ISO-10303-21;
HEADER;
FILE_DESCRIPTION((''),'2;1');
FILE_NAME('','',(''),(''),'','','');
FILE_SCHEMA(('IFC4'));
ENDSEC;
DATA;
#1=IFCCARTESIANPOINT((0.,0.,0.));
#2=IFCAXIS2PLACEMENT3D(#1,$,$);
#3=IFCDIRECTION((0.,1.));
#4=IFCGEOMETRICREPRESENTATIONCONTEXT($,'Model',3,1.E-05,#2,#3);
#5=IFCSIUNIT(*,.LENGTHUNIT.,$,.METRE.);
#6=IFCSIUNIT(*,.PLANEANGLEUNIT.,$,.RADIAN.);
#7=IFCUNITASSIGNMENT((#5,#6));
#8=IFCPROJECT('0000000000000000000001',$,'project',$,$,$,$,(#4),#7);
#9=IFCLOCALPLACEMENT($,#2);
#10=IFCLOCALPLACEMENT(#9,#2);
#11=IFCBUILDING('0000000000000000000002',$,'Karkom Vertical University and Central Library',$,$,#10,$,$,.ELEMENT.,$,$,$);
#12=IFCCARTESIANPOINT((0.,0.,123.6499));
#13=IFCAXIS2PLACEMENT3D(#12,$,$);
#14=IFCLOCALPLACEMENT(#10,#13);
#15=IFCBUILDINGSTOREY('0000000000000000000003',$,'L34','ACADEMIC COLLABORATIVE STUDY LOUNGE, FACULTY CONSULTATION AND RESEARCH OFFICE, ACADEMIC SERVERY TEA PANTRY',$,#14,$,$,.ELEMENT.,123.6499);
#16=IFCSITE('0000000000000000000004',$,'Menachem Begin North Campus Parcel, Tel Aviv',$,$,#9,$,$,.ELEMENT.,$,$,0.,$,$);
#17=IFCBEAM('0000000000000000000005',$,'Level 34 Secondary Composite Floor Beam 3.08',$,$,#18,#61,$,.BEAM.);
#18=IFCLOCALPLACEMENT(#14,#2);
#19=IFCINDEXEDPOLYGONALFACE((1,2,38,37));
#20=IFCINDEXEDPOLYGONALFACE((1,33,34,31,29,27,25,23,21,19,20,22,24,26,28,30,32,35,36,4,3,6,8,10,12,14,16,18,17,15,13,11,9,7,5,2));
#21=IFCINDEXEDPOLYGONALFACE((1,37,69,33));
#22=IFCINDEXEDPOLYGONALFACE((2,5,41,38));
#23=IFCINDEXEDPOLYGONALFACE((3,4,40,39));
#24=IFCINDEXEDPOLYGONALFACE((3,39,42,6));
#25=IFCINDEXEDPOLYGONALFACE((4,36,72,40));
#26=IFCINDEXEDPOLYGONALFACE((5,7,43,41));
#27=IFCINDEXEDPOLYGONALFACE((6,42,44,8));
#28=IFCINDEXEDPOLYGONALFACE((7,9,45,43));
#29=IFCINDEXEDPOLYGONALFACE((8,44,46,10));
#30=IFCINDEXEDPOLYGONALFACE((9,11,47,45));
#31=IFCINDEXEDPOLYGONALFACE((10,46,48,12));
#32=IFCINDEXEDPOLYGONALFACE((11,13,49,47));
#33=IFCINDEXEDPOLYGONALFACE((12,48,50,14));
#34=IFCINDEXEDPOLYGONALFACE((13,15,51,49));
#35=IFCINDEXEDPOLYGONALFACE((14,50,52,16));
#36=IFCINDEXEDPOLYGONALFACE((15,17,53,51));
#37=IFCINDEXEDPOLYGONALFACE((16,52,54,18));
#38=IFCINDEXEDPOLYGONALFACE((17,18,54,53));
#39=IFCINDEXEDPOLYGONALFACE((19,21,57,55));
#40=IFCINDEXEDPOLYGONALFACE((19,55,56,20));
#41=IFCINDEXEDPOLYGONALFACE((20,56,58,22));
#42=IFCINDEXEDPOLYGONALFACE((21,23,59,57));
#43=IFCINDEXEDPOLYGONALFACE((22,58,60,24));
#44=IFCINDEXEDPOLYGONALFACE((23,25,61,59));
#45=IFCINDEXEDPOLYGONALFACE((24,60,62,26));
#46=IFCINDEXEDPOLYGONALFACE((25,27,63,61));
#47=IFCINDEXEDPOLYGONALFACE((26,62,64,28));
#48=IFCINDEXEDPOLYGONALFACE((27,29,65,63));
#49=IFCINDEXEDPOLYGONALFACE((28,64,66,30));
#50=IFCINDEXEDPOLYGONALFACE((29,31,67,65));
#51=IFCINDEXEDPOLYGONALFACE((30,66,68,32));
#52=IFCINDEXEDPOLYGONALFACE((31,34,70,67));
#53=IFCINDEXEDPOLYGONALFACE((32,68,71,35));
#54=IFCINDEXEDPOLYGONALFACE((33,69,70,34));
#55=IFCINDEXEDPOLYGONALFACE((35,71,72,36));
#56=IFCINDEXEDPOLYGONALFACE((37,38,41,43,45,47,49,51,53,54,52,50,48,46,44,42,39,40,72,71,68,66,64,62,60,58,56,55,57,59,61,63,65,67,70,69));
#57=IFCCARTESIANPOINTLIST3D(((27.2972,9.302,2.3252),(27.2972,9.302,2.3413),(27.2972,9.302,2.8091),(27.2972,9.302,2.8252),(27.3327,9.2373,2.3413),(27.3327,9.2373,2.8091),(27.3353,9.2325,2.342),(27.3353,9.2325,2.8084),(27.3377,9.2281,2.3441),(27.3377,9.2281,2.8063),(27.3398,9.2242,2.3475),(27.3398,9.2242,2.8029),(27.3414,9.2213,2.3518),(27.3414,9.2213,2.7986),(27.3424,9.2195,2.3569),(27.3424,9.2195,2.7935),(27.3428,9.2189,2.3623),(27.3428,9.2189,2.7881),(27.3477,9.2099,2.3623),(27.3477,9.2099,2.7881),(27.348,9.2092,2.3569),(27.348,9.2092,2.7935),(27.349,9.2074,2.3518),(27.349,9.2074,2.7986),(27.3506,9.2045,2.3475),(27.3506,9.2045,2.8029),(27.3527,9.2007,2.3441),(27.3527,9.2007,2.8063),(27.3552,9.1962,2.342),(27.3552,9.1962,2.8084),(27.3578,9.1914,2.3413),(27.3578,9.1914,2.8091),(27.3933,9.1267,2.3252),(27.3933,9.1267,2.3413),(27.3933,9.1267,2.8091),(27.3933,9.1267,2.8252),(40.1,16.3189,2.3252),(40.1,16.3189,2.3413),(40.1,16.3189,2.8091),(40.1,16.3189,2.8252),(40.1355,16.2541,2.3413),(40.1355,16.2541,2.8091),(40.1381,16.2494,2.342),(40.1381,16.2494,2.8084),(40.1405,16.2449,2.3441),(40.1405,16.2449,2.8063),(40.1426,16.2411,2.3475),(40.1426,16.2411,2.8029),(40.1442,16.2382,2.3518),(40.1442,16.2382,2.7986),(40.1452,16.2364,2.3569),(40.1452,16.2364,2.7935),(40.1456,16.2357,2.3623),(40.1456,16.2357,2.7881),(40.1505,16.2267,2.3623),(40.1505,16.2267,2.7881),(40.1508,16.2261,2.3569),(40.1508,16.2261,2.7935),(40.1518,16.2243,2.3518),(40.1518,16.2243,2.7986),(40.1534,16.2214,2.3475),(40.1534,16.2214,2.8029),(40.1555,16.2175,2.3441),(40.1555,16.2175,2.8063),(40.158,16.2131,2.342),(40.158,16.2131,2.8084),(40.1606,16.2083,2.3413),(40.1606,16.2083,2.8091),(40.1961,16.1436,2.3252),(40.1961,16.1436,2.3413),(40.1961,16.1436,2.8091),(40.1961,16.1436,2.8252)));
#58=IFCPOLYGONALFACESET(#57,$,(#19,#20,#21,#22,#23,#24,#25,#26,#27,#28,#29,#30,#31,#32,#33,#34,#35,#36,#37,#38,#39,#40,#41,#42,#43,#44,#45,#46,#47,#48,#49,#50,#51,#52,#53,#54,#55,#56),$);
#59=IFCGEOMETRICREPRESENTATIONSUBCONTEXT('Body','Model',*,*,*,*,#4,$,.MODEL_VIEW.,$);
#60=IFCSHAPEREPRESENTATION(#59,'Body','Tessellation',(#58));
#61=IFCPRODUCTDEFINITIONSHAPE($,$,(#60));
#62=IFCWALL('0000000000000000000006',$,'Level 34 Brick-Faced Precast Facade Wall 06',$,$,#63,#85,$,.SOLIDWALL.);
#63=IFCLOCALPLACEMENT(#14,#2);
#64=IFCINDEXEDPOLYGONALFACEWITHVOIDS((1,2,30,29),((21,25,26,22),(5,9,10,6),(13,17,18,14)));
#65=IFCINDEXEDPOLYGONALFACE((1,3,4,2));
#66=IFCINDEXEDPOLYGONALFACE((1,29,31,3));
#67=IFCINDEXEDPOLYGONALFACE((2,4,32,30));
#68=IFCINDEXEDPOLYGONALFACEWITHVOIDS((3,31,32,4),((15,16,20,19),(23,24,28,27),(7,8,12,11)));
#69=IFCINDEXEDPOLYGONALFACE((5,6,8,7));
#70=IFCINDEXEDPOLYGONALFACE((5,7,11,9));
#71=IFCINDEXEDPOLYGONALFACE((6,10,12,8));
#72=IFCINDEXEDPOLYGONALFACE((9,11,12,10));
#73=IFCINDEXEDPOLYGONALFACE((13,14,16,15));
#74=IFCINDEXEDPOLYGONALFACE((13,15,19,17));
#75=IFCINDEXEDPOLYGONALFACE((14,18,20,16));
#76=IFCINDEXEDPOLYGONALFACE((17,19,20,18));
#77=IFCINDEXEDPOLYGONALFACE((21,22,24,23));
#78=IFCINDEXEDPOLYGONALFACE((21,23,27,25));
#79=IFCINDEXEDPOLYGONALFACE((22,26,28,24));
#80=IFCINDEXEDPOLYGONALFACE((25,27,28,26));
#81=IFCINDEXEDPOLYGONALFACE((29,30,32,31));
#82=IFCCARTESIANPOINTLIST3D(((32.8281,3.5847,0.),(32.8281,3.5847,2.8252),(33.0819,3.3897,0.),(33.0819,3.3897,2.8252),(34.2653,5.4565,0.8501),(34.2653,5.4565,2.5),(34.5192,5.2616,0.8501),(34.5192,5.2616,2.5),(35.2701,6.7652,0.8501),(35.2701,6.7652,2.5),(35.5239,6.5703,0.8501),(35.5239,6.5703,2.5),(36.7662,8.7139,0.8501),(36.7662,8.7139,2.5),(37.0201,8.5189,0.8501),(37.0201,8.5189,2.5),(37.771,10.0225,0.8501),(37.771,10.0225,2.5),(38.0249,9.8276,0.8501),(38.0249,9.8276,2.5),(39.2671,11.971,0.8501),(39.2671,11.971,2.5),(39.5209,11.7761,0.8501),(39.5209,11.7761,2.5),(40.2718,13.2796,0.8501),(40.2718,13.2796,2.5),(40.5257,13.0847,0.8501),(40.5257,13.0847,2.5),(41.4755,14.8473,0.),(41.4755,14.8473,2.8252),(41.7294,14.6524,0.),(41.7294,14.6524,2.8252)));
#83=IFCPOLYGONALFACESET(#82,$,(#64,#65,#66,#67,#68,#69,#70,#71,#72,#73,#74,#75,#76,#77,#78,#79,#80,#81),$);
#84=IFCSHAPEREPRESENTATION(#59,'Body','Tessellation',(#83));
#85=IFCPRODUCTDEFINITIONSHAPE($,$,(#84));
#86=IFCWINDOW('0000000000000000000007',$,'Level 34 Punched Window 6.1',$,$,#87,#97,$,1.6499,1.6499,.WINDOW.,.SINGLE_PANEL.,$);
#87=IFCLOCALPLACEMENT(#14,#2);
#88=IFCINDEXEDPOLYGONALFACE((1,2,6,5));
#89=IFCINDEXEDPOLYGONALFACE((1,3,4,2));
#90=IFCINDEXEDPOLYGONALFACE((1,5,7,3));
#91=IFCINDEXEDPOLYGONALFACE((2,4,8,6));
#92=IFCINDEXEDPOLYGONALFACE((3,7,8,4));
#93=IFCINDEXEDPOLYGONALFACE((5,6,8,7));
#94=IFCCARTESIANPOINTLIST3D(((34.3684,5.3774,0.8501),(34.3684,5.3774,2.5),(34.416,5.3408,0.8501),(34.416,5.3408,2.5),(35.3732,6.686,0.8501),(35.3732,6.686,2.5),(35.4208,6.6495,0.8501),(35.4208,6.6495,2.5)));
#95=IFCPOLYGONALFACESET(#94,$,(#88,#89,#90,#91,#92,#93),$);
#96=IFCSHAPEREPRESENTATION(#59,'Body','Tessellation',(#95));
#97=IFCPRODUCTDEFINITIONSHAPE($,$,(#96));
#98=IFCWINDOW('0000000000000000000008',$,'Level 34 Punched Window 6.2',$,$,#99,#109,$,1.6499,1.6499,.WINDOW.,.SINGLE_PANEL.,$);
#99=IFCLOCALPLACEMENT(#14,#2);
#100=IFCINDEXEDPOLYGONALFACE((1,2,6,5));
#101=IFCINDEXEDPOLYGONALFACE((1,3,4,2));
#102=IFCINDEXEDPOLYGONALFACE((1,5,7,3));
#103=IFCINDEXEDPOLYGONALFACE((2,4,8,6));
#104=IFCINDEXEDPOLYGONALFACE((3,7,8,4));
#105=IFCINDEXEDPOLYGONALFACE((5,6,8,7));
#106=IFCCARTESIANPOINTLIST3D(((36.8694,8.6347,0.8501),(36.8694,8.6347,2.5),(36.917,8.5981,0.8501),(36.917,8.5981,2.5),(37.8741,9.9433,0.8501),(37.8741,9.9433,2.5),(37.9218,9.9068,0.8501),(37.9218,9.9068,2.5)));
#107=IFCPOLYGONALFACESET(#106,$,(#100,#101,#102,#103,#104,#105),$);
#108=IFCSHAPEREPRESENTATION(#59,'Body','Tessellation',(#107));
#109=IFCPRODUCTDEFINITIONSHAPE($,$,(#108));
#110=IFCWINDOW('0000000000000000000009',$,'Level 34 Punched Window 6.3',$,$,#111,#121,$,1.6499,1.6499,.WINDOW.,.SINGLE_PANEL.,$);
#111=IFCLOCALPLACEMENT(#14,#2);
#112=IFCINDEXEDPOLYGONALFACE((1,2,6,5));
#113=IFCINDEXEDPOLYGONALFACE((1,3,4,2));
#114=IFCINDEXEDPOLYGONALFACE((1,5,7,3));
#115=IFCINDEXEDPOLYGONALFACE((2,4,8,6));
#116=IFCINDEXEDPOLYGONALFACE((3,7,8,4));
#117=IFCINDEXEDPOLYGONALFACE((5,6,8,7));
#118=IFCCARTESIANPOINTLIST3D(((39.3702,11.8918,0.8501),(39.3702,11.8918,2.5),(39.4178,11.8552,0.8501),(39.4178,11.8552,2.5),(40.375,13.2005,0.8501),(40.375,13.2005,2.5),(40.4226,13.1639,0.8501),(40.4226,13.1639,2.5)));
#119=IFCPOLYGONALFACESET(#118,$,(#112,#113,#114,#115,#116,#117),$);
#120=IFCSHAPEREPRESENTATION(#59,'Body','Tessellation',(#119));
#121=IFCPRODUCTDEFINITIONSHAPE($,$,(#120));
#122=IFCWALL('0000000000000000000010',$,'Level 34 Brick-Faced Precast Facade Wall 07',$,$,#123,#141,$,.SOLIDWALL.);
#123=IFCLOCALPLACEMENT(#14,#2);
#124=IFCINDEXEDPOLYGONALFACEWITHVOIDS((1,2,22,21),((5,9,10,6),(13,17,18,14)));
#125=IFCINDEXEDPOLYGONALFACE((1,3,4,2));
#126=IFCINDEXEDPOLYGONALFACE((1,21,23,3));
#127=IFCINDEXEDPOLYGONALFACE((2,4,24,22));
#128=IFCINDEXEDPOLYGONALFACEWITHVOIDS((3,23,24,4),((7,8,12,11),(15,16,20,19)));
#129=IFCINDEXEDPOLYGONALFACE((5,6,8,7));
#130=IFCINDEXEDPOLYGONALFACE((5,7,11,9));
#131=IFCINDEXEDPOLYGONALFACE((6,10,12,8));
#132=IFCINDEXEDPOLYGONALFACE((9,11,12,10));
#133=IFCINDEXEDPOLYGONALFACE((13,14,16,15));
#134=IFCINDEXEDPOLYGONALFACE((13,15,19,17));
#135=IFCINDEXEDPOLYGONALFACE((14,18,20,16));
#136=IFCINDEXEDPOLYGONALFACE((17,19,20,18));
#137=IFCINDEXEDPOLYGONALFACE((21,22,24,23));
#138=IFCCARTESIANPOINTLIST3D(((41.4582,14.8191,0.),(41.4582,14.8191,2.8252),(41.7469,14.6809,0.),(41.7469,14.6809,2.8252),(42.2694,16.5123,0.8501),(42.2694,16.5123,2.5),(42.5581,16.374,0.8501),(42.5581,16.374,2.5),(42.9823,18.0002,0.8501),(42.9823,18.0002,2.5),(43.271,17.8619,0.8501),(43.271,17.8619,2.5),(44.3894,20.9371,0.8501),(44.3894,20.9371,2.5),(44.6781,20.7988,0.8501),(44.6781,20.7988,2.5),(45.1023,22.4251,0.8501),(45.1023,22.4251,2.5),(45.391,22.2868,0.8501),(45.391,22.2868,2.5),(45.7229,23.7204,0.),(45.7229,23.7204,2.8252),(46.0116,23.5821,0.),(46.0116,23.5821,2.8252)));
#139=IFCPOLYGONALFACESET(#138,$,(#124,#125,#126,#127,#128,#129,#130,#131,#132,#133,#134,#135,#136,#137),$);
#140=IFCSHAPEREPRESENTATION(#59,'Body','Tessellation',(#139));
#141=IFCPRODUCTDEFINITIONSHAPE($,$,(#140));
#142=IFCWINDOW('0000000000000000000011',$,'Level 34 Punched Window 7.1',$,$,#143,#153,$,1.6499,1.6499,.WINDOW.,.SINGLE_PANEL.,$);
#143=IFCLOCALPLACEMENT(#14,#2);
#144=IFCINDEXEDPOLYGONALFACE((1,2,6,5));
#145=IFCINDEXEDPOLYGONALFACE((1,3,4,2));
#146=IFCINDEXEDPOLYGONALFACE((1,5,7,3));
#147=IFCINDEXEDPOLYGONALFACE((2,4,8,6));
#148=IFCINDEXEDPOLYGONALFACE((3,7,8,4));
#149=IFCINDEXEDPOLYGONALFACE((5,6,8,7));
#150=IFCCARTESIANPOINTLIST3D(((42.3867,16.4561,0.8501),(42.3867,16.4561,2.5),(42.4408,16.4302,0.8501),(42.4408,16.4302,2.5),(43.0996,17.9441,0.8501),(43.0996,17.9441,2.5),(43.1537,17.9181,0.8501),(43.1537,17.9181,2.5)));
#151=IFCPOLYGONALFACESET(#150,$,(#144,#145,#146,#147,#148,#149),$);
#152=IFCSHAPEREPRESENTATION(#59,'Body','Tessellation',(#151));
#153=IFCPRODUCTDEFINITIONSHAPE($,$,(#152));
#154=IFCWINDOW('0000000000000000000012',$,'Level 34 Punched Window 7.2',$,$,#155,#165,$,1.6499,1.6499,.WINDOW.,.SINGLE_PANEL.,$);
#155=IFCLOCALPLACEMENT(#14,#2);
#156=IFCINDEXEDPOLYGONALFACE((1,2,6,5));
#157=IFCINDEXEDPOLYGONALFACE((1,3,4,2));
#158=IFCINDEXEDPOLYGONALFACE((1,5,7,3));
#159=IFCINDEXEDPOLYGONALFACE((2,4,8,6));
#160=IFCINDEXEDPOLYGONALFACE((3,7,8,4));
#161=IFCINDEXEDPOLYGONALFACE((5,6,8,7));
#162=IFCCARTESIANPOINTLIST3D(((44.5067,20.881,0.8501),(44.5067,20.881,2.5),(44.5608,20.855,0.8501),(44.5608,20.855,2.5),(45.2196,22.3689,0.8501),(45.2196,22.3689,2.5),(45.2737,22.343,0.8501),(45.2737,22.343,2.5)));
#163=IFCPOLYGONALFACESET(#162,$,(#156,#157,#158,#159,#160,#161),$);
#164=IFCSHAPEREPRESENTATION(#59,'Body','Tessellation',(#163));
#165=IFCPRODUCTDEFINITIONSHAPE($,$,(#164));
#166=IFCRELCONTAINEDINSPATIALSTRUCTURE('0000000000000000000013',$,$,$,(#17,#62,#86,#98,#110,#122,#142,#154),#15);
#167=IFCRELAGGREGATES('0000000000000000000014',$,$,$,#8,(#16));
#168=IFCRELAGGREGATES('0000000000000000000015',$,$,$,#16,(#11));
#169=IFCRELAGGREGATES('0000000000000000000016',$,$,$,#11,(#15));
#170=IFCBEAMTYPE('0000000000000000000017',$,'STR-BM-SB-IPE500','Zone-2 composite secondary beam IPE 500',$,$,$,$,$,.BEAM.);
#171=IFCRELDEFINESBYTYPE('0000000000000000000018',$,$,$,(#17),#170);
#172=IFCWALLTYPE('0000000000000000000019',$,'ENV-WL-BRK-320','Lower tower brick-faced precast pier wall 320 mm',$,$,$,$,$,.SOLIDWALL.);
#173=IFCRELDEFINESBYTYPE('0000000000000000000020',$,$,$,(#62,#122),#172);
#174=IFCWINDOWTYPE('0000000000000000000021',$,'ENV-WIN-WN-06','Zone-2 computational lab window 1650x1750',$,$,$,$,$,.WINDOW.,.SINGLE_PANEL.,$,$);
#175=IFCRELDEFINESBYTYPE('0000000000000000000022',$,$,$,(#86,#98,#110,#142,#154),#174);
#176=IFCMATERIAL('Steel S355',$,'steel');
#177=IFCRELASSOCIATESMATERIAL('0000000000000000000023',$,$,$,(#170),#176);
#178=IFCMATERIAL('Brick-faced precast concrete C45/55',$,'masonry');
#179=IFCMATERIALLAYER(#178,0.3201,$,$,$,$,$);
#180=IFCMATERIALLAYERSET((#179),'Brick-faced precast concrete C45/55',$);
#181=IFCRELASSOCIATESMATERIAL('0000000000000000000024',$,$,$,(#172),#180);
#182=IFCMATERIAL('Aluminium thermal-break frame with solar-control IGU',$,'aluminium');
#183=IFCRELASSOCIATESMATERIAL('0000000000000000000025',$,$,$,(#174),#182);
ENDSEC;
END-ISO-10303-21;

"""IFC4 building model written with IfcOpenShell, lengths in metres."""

from ifc_helpers import new_model, si_unit, direction, frame, frame_2d, origin, origin_with_axes, origin_2d, place, context, subcontext, project, spatial, rectangle, i_section, extrude, source, transform, mapped, material, layer, layer_set, material_profile, profile_set, type_object, element, fill, save


model = new_model("IFC4")

# Units and contexts
model_context = context("Model", 3, precision=1e-05, world=origin(), true_north=direction((0.0, 1.0)))
body_context = subcontext(model_context, "Body", "Model", "MODEL_VIEW")
ifc_project = project(units=[si_unit("LENGTHUNIT", "METRE"), si_unit("PLANEANGLEUNIT", "RADIAN")], contexts=[model_context])

# Site, building, storey
site_placement = place(None, origin())
site = spatial("IfcSite", under=ifc_project, at=site_placement, Name="Menachem Begin North Campus Parcel, Tel Aviv", CompositionType="ELEMENT", RefElevation=0.0)
building_placement = place(site_placement, origin())
building = spatial("IfcBuilding", under=site, at=building_placement, Name="Karkom Vertical University and Central Library", CompositionType="ELEMENT")
storey_placement = place(building_placement, frame((0.0, 0.0, 123.6499)))
storey = spatial("IfcBuildingStorey", under=building, at=storey_placement, Name="L34", Description="ACADEMIC COLLABORATIVE STUDY LOUNGE, FACULTY CONSULTATION AND RESEARCH OFFICE, ACADEMIC SERVERY TEA PANTRY", CompositionType="ELEMENT", Elevation=123.6499)

# Beam
ifc_material_1 = material(Name="Steel S355", Category="steel")
ifc_material_profile_1 = material_profile(ifc_material_1, i_section(OverallWidth=0.2, OverallDepth=0.5, WebThickness=0.0103, FlangeThickness=0.0161, FilletRadius=0.021, at=origin_2d()), Name="IPE 500")
ifc_profile_set_1 = profile_set([ifc_material_profile_1], Name="Steel S355")
beam_type_1 = type_object("IfcBeamType", Name="STR-BM-SB-IPE500", Description="Zone-2 composite secondary beam IPE 500", PredefinedType="BEAM", material=ifc_profile_set_1)
shared_shape_1 = source(origin_with_axes(), body_context, "Body", "SweptSolid", [
    extrude(i_section(OverallWidth=0.2, OverallDepth=0.5, WebThickness=0.0103, FlangeThickness=0.0161, FilletRadius=0.021, at=origin_2d()), origin(), (0.0, 0.0, 1.0), 14.5996),
])
beam_1_placement = place(storey_placement, frame((27.3452, 9.2144, 2.5752), z_axis=(0.876928, 0.480622, 0.0), x_axis=(-0.480622, 0.876928, 0.0)))
element("IfcBeam", 1, at=beam_1_placement, inside=storey, type_object=beam_type_1, Name="Level 34 Secondary Composite Floor Beam 3.08", PredefinedType="BEAM", context=body_context, shape_type="MappedRepresentation", body=[
    mapped(shared_shape_1, transform((0.0, 0.0, 0.0), scale=1.0)),
])

# Walls, openings, windows
ifc_material_2 = material(Name="Brick-faced precast concrete C45/55", Category="masonry")
ifc_layer_1 = layer(ifc_material_2, 0.3201)
ifc_layer_set_1 = layer_set([ifc_layer_1], Name="Brick-faced precast concrete C45/55")
wall_type_1 = type_object("IfcWallType", Name="ENV-WL-BRK-320", Description="Lower tower brick-faced precast pier wall 320 mm", PredefinedType="SOLIDWALL", material=ifc_layer_set_1)
wall_1_placement = place(storey_placement, frame((32.9551, 3.4873, 0.0), z_axis=(0.0, 0.0, 1.0), x_axis=(0.608996, 0.793173, 0.0)))
wall_1 = element("IfcWall", 2, at=wall_1_placement, inside=storey, type_object=wall_type_1, Name="Level 34 Brick-Faced Precast Facade Wall 06", PredefinedType="SOLIDWALL", context=body_context, shape_type="SweptSolid", body=[
    extrude(rectangle(XDim=14.1995, YDim=0.3201, at=frame_2d((7.0996, 0.0))), origin(), (0.0, 0.0, 1.0), 2.8252),
])
opening_1_placement = place(wall_1_placement, frame((2.3599, 0.0, 0.8501)))
opening_1 = element("IfcOpeningElement", 3, at=opening_1_placement, cuts=wall_1, PredefinedType="OPENING", context=body_context, shape_type="SweptSolid", body=[
    extrude(rectangle(XDim=1.6499, YDim=1.6499, at=frame_2d((0.825, 0.825))), frame((0.0, 0.1699, 0.0), z_axis=(0.0, -1.0, 0.0), x_axis=(1.0, 0.0, 0.0)), (0.0, 0.0, 1.0), 0.3401),
])
opening_2_placement = place(wall_1_placement, frame((6.4666, 0.0, 0.8501)))
opening_2 = element("IfcOpeningElement", 4, at=opening_2_placement, cuts=wall_1, PredefinedType="OPENING", context=body_context, shape_type="SweptSolid", body=[
    extrude(rectangle(XDim=1.6499, YDim=1.6499, at=frame_2d((0.825, 0.825))), frame((0.0, 0.1699, 0.0), z_axis=(0.0, -1.0, 0.0), x_axis=(1.0, 0.0, 0.0)), (0.0, 0.0, 1.0), 0.3401),
])
opening_3_placement = place(wall_1_placement, frame((10.573, 0.0, 0.8501)))
opening_3 = element("IfcOpeningElement", 5, at=opening_3_placement, cuts=wall_1, PredefinedType="OPENING", context=body_context, shape_type="SweptSolid", body=[
    extrude(rectangle(XDim=1.6499, YDim=1.6499, at=frame_2d((0.825, 0.825))), frame((0.0, 0.1699, 0.0), z_axis=(0.0, -1.0, 0.0), x_axis=(1.0, 0.0, 0.0)), (0.0, 0.0, 1.0), 0.3401),
])
ifc_material_3 = material(Name="Aluminium thermal-break frame with solar-control IGU", Category="aluminium")
window_type = type_object("IfcWindowType", Name="ENV-WIN-WN-06", Description="Zone-2 computational lab window 1650x1750", PartitioningType="SINGLE_PANEL", PredefinedType="WINDOW", material=ifc_material_3)
shared_shape_2 = source(origin_with_axes(), body_context, "Body", "SweptSolid", [
    extrude(rectangle(XDim=1.6499, YDim=1.6499, at=frame_2d((0.825, 0.825))), frame((0.0, 0.03, 0.0), z_axis=(0.0, -1.0, 0.0), x_axis=(1.0, 0.0, 0.0)), (0.0, 0.0, 1.0), 0.0601),
])
window_1_placement = place(opening_1_placement, origin())
window_1 = element("IfcWindow", 6, at=window_1_placement, inside=storey, type_object=window_type, Name="Level 34 Punched Window 6.1", OverallHeight=1.6499, OverallWidth=1.6499, PartitioningType="SINGLE_PANEL", PredefinedType="WINDOW", context=body_context, shape_type="MappedRepresentation", body=[
    mapped(shared_shape_2, transform((0.0, 0.0, 0.0), scale=1.0)),
])
fill(opening_1, window_1)
window_2_placement = place(opening_2_placement, origin())
window_2 = element("IfcWindow", 7, at=window_2_placement, inside=storey, type_object=window_type, Name="Level 34 Punched Window 6.2", OverallHeight=1.6499, OverallWidth=1.6499, PartitioningType="SINGLE_PANEL", PredefinedType="WINDOW", context=body_context, shape_type="MappedRepresentation", body=[
    mapped(shared_shape_2, transform((0.0, 0.0, 0.0), scale=1.0)),
])
fill(opening_2, window_2)
window_3_placement = place(opening_3_placement, origin())
window_3 = element("IfcWindow", 8, at=window_3_placement, inside=storey, type_object=window_type, Name="Level 34 Punched Window 6.3", OverallHeight=1.6499, OverallWidth=1.6499, PartitioningType="SINGLE_PANEL", PredefinedType="WINDOW", context=body_context, shape_type="MappedRepresentation", body=[
    mapped(shared_shape_2, transform((0.0, 0.0, 0.0), scale=1.0)),
])
fill(opening_3, window_3)
wall_2_placement = place(storey_placement, frame((41.6025, 14.75, 0.0), z_axis=(0.0, 0.0, 1.0), x_axis=(0.432081, 0.901835, 0.0)))
wall_2 = element("IfcWall", 9, at=wall_2_placement, inside=storey, type_object=wall_type_1, Name="Level 34 Brick-Faced Precast Facade Wall 07", PredefinedType="SOLIDWALL", context=body_context, shape_type="SweptSolid", body=[
    extrude(rectangle(XDim=9.8701, YDim=0.3201, at=frame_2d((4.9351, 0.0))), origin(), (0.0, 0.0, 1.0), 2.8252),
])
opening_4_placement = place(wall_2_placement, frame((1.8774, 0.0, 0.8501)))
opening_4 = element("IfcOpeningElement", 10, at=opening_4_placement, cuts=wall_2, PredefinedType="OPENING", context=body_context, shape_type="SweptSolid", body=[
    extrude(rectangle(XDim=1.6499, YDim=1.6499, at=frame_2d((0.825, 0.825))), frame((0.0, 0.1699, 0.0), z_axis=(0.0, -1.0, 0.0), x_axis=(1.0, 0.0, 0.0)), (0.0, 0.0, 1.0), 0.3401),
])
opening_5_placement = place(wall_2_placement, frame((6.7839, 0.0, 0.8501)))
opening_5 = element("IfcOpeningElement", 11, at=opening_5_placement, cuts=wall_2, PredefinedType="OPENING", context=body_context, shape_type="SweptSolid", body=[
    extrude(rectangle(XDim=1.6499, YDim=1.6499, at=frame_2d((0.825, 0.825))), frame((0.0, 0.1699, 0.0), z_axis=(0.0, -1.0, 0.0), x_axis=(1.0, 0.0, 0.0)), (0.0, 0.0, 1.0), 0.3401),
])
window_4_placement = place(opening_4_placement, origin())
window_4 = element("IfcWindow", 12, at=window_4_placement, inside=storey, type_object=window_type, Name="Level 34 Punched Window 7.1", OverallHeight=1.6499, OverallWidth=1.6499, PartitioningType="SINGLE_PANEL", PredefinedType="WINDOW", context=body_context, shape_type="MappedRepresentation", body=[
    mapped(shared_shape_2, transform((0.0, 0.0, 0.0), scale=1.0)),
])
fill(opening_4, window_4)
window_5_placement = place(opening_5_placement, origin())
window_5 = element("IfcWindow", 13, at=window_5_placement, inside=storey, type_object=window_type, Name="Level 34 Punched Window 7.2", OverallHeight=1.6499, OverallWidth=1.6499, PartitioningType="SINGLE_PANEL", PredefinedType="WINDOW", context=body_context, shape_type="MappedRepresentation", body=[
    mapped(shared_shape_2, transform((0.0, 0.0, 0.0), scale=1.0)),
])
fill(opening_5, window_5)

save(model, "model.ifc")
